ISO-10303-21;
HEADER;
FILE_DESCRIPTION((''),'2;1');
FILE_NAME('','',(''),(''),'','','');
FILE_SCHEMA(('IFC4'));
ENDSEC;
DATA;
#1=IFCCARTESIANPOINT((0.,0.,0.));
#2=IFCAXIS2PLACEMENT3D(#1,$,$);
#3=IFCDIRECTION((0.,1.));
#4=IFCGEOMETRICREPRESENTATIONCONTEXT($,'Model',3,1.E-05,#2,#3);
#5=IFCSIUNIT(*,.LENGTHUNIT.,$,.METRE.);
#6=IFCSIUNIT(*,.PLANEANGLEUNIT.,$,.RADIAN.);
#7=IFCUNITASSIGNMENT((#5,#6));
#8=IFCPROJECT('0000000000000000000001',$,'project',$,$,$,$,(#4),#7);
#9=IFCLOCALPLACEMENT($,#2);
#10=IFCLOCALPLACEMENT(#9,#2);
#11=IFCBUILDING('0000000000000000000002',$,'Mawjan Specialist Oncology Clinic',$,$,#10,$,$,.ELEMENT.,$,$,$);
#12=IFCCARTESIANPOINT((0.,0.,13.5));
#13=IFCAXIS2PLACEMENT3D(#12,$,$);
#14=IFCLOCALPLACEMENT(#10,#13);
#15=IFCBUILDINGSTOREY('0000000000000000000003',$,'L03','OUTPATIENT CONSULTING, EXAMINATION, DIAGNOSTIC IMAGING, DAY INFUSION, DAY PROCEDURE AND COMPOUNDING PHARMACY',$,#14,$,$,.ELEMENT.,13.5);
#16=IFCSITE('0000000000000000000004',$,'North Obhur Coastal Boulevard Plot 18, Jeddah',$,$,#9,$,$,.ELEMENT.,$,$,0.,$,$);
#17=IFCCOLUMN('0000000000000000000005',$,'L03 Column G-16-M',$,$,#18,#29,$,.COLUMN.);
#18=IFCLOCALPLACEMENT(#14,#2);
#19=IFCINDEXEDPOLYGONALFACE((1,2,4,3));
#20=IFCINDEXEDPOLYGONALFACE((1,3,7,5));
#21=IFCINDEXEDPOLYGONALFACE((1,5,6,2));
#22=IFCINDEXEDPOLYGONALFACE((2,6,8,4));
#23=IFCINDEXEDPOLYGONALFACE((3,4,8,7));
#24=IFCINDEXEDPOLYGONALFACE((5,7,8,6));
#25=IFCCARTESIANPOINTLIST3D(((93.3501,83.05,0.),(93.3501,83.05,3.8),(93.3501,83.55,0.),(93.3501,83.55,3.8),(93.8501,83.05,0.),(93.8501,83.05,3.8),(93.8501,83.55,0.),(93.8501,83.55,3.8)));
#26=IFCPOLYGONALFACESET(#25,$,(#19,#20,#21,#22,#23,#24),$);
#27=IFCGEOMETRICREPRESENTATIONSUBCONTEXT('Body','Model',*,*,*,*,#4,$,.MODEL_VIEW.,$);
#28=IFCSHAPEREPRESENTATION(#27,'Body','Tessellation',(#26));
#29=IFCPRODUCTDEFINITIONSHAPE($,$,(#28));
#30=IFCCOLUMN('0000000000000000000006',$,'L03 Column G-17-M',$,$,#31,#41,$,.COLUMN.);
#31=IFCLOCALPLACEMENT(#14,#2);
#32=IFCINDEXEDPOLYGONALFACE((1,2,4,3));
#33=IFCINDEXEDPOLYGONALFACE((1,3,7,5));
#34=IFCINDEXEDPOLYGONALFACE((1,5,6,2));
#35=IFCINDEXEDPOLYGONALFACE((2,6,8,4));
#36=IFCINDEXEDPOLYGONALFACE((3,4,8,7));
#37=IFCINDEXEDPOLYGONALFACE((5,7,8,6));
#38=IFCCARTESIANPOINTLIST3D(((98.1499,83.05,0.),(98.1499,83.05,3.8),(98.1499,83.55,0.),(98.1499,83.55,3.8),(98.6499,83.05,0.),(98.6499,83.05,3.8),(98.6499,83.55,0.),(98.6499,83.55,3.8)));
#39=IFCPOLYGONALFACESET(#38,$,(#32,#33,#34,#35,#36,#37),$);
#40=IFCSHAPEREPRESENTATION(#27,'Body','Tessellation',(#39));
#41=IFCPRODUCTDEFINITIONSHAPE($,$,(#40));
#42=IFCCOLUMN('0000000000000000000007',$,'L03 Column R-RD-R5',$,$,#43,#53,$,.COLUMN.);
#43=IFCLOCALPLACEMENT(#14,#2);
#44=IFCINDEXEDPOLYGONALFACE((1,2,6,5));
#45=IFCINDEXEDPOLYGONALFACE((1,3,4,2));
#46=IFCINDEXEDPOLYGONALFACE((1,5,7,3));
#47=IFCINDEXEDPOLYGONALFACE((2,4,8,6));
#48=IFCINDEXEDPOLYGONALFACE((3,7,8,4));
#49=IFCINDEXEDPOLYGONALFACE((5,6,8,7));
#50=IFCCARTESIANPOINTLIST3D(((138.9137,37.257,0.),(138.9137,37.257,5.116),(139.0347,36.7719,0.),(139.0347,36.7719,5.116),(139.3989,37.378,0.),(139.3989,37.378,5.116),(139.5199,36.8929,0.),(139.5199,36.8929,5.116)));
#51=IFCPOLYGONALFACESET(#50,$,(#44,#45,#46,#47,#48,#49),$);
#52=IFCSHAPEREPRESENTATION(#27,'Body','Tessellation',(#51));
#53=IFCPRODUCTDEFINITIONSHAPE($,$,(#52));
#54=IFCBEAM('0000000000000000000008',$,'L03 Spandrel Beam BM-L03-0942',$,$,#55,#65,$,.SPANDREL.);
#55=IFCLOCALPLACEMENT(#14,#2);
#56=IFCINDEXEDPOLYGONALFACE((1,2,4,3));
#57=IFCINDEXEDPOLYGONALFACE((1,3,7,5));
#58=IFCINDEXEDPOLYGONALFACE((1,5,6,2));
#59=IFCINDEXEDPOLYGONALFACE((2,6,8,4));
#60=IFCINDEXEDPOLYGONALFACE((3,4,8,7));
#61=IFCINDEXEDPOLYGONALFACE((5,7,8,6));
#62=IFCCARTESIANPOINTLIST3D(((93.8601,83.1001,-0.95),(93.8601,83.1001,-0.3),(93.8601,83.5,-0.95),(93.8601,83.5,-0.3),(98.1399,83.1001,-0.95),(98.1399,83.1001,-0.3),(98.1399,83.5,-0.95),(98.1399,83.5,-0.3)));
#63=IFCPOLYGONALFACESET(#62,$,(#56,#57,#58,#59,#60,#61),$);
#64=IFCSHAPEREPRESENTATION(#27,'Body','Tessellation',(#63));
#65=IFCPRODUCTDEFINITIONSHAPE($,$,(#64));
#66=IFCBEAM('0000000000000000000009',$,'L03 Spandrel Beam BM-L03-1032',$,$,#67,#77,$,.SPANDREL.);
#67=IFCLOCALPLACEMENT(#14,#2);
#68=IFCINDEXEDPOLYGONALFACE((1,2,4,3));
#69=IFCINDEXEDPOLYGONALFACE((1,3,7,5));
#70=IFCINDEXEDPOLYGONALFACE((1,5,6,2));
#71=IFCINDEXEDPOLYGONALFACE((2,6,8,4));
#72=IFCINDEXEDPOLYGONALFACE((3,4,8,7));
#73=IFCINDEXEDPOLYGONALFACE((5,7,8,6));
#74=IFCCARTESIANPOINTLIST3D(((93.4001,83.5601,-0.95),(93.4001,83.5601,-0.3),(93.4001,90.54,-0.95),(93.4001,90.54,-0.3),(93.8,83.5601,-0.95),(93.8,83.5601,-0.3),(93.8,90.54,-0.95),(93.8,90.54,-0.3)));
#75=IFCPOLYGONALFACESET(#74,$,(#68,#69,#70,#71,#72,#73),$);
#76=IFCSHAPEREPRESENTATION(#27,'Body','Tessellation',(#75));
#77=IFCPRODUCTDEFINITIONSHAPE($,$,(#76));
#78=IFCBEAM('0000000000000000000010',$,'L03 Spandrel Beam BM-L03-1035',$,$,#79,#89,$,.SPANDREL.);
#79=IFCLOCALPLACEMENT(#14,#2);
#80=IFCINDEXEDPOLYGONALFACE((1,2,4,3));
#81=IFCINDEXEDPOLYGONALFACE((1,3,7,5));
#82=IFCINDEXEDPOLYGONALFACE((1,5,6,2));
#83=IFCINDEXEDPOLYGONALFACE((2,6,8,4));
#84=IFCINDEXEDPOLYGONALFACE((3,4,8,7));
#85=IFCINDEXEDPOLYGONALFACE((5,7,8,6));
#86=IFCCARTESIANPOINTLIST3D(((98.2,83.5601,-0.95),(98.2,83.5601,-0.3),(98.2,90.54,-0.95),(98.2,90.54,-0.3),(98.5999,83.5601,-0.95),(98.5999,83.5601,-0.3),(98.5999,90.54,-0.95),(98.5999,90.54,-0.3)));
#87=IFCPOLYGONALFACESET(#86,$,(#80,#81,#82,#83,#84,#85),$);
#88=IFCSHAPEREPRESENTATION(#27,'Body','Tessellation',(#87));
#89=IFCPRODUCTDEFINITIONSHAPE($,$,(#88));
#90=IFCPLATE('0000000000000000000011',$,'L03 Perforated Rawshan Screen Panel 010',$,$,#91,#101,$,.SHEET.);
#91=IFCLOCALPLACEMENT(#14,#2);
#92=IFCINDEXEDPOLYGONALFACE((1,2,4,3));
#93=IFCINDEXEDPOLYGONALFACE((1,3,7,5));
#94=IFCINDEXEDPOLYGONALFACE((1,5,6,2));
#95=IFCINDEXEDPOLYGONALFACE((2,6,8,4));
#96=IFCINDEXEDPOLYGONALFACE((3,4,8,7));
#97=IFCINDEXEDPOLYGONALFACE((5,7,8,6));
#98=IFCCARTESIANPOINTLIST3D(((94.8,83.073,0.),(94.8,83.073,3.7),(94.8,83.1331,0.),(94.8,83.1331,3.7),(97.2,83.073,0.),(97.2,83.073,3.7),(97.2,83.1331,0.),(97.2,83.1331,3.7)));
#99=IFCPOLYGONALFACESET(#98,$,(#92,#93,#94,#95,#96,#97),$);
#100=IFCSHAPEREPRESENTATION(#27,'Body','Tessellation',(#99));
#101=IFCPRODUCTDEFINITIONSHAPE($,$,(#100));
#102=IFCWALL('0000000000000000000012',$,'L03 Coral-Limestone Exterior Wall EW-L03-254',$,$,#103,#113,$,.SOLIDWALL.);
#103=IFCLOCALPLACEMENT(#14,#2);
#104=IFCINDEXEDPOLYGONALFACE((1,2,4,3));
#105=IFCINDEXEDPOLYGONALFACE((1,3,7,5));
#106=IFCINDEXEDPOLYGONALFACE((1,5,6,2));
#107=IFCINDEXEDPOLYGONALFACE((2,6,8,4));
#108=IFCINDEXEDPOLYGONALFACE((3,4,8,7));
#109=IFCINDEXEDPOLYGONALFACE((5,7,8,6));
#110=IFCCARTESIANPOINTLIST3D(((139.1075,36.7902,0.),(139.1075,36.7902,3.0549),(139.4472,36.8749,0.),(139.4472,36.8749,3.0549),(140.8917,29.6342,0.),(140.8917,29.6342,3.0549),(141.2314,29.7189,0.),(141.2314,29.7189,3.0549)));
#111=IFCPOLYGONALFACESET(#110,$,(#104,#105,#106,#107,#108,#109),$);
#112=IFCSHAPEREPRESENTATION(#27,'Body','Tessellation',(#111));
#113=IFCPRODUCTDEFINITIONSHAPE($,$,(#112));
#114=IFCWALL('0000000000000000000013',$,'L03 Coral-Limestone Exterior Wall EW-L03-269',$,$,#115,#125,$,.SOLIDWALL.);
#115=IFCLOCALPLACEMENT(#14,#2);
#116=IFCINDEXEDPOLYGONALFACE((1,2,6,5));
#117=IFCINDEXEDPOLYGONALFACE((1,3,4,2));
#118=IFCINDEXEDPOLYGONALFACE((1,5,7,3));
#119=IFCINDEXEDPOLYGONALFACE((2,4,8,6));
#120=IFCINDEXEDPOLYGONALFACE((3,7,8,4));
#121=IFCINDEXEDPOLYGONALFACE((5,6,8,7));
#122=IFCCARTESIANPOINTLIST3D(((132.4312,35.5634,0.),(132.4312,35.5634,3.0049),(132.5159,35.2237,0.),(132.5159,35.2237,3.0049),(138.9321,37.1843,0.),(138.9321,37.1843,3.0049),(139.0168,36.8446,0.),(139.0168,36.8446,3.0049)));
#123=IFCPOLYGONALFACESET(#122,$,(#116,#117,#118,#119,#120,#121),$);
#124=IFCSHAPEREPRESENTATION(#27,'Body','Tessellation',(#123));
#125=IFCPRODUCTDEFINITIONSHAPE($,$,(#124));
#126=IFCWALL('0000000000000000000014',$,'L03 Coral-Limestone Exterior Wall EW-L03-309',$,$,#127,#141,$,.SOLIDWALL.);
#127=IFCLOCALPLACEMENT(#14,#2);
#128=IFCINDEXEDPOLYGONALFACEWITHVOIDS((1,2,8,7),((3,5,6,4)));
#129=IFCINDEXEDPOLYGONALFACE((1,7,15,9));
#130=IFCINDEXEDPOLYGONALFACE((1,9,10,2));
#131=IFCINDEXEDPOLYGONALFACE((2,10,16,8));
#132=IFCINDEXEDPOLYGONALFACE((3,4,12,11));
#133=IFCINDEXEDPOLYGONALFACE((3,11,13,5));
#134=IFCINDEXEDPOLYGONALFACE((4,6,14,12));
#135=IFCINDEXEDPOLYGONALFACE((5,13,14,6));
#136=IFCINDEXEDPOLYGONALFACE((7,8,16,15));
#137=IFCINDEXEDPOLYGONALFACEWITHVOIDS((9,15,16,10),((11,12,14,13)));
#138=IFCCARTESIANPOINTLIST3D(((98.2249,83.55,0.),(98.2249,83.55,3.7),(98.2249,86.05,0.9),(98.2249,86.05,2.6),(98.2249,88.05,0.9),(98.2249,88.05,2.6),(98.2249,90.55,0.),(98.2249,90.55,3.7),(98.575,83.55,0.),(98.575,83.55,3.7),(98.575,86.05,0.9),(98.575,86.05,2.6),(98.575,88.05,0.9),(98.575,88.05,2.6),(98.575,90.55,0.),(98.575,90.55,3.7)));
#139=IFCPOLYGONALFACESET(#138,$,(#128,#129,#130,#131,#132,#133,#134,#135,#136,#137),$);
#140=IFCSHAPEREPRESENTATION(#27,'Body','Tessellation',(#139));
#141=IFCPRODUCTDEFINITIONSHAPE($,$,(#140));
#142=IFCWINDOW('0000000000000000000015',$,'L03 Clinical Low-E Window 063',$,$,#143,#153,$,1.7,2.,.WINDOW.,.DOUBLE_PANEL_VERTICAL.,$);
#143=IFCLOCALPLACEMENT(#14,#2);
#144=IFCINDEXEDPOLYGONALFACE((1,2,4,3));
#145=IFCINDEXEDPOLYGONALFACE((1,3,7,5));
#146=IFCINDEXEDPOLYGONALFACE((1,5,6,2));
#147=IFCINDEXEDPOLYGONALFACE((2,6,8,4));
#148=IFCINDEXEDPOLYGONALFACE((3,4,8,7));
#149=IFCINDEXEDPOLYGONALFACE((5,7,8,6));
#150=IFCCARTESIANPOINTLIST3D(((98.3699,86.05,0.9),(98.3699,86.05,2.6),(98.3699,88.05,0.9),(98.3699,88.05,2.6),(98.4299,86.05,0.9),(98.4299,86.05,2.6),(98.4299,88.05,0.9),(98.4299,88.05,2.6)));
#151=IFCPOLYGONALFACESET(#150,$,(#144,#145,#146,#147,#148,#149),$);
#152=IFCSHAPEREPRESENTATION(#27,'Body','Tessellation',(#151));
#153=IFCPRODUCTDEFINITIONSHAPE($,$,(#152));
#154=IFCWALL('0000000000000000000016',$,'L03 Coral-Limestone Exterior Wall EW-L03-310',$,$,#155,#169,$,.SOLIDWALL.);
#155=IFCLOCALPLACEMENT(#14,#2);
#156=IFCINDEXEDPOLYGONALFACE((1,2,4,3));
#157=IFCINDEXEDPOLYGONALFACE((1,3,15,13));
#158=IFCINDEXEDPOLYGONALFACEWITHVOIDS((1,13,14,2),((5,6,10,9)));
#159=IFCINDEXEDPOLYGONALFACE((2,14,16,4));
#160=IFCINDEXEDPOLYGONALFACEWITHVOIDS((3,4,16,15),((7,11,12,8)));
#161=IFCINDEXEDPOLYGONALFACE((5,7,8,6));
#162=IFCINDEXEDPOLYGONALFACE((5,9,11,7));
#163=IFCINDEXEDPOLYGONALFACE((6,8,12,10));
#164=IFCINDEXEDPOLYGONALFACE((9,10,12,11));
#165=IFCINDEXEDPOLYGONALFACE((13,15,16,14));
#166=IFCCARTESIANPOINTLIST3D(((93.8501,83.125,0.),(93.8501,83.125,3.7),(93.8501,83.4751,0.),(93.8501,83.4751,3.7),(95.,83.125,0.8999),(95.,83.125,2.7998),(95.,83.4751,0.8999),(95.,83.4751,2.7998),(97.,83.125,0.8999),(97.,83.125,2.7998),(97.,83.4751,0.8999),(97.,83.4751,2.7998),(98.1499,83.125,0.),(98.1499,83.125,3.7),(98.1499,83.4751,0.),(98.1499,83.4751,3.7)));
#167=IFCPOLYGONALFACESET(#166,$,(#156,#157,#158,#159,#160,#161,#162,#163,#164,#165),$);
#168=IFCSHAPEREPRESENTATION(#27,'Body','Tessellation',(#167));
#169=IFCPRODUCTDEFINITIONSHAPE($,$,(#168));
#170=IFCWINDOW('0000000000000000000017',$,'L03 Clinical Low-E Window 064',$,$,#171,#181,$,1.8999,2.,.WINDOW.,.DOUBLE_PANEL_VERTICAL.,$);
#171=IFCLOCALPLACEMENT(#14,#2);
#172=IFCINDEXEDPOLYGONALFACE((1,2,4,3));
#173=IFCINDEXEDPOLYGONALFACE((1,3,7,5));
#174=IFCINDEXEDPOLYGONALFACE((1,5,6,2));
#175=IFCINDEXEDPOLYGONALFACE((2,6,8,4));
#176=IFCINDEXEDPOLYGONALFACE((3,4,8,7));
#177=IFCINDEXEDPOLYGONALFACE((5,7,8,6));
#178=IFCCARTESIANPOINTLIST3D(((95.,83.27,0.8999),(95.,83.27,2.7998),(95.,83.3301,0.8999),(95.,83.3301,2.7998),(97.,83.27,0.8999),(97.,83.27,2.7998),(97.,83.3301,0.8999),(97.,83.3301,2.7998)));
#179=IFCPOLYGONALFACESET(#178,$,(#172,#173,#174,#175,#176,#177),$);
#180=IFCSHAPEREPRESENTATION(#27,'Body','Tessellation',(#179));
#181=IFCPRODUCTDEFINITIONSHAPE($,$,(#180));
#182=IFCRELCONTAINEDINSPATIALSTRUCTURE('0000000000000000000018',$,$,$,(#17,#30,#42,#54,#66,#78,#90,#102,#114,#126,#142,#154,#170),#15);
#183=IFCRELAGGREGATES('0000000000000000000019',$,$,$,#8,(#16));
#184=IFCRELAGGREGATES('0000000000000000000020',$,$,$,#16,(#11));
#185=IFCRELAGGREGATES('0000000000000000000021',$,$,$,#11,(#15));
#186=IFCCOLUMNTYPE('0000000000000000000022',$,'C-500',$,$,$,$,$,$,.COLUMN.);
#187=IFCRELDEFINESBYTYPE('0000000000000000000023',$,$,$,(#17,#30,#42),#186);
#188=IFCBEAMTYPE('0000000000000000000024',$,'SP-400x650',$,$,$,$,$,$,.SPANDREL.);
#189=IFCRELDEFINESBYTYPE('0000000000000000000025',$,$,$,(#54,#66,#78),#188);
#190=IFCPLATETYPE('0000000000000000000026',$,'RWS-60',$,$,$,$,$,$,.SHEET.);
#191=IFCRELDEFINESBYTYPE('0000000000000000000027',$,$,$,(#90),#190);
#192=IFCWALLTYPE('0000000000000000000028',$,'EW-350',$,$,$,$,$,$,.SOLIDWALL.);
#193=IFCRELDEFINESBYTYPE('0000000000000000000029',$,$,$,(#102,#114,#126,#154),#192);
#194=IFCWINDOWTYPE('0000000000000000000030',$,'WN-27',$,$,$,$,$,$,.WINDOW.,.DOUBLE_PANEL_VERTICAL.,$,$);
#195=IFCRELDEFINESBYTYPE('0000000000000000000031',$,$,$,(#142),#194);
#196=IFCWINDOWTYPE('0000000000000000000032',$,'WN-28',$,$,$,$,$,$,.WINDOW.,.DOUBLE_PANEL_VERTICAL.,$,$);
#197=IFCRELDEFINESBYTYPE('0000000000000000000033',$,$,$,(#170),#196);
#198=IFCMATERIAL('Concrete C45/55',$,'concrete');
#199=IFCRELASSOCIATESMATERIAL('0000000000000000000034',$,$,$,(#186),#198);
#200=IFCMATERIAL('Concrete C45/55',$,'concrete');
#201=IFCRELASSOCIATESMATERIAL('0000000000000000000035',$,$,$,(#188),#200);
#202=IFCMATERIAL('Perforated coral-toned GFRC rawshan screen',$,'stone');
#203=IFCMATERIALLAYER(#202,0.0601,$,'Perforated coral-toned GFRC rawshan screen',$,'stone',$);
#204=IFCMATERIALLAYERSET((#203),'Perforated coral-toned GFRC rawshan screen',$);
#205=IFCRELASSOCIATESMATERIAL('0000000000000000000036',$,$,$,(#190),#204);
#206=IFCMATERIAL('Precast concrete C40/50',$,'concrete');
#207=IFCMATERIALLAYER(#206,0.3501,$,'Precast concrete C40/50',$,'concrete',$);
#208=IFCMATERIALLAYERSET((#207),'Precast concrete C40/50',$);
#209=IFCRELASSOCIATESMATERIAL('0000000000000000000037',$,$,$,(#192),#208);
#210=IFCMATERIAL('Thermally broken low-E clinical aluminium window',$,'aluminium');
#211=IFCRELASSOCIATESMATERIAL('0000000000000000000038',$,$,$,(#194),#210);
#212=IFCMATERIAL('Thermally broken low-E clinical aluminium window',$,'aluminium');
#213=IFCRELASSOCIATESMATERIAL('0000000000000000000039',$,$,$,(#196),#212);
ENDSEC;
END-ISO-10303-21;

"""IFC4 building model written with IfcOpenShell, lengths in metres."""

from ifc_helpers import new_model, si_unit, direction, frame, frame_2d, origin, origin_2d, place, context, subcontext, project, spatial, rectangle, extrude, material, layer, layer_set, material_profile, profile_set, type_object, element, fill, save


model = new_model("IFC4")

# Units and contexts
model_context = context("Model", 3, precision=1e-05, world=origin(), true_north=direction((0.0, 1.0)))
body_context = subcontext(model_context, "Body", "Model", "MODEL_VIEW")
ifc_project = project(units=[si_unit("LENGTHUNIT", "METRE"), si_unit("PLANEANGLEUNIT", "RADIAN")], contexts=[model_context])

# Site, building, storey
site_placement = place(None, origin())
site = spatial("IfcSite", under=ifc_project, at=site_placement, Name="North Obhur Coastal Boulevard Plot 18, Jeddah", CompositionType="ELEMENT", RefElevation=0.0)
building_placement = place(site_placement, origin())
building = spatial("IfcBuilding", under=site, at=building_placement, Name="Mawjan Specialist Oncology Clinic", CompositionType="ELEMENT")
storey_placement = place(building_placement, frame((0.0, 0.0, 13.5)))
storey = spatial("IfcBuildingStorey", under=building, at=storey_placement, Name="L03", Description="OUTPATIENT CONSULTING, EXAMINATION, DIAGNOSTIC IMAGING, DAY INFUSION, DAY PROCEDURE AND COMPOUNDING PHARMACY", CompositionType="ELEMENT", Elevation=13.5)

# Columns
ifc_material_1 = material(Name="Concrete C45/55", Category="concrete")
ifc_material_profile_1 = material_profile(ifc_material_1, rectangle(XDim=0.5, YDim=0.5, at=origin_2d()), Name="RC COL 500x500", Category="concrete")
ifc_profile_set_1 = profile_set([ifc_material_profile_1], Name="Concrete C45/55")
column_type = type_object("IfcColumnType", Name="C-500", PredefinedType="COLUMN", material=ifc_profile_set_1)
for number, where, z_axis, x_axis, name in (
    (1, (93.6001, 83.3, 0.0), (0.0, 0.0, 1.0), (1.0, 0.0, 0.0), "L03 Column G-16-M"),
    (2, (98.3999, 83.3, 0.0), (0.0, 0.0, 1.0), (1.0, 0.0, 0.0), "L03 Column G-17-M"),
):
    element("IfcColumn", number, at=place(storey_placement, frame(where, z_axis=z_axis, x_axis=x_axis)), inside=storey, type_object=column_type, Name=name, PredefinedType="COLUMN", context=body_context, shape_type="SweptSolid", body=[
        extrude(rectangle(XDim=0.5, YDim=0.5, at=origin_2d()), origin(), (0.0, 0.0, 1.0), 3.8),
    ])
column_placement = place(storey_placement, frame((139.2168, 37.075, 0.0), z_axis=(0.0, 0.0, 1.0), x_axis=(0.970296, 0.241922, 0.0)))
element("IfcColumn", 3, at=column_placement, inside=storey, type_object=column_type, Name="L03 Column R-RD-R5", PredefinedType="COLUMN", context=body_context, shape_type="SweptSolid", body=[
    extrude(rectangle(XDim=0.5, YDim=0.5, at=origin_2d()), origin(), (0.0, 0.0, 1.0), 5.116),
])

# Beams
ifc_material_2 = material(Name="Concrete C45/55", Category="concrete")
ifc_material_profile_2 = material_profile(ifc_material_2, rectangle(XDim=0.3999, YDim=0.6499, at=origin_2d()), Name="RC BM 400x650", Category="concrete")
ifc_profile_set_2 = profile_set([ifc_material_profile_2], Name="Concrete C45/55")
beam_type = type_object("IfcBeamType", Name="SP-400x650", PredefinedType="SPANDREL", material=ifc_profile_set_2)
beam_placement = place(storey_placement, frame((93.8601, 83.3, -0.625), z_axis=(1.0, 0.0, 0.0), x_axis=(0.0, 1.0, 0.0)))
element("IfcBeam", 4, at=beam_placement, inside=storey, type_object=beam_type, Name="L03 Spandrel Beam BM-L03-0942", PredefinedType="SPANDREL", context=body_context, shape_type="SweptSolid", body=[
    extrude(rectangle(XDim=0.3999, YDim=0.6499, at=origin_2d()), origin(), (0.0, 0.0, 1.0), 4.2798),
])
for number, where, z_axis, x_axis, name in (
    (5, (93.6001, 83.5601, -0.625), (0.0, 1.0, 0.0), (-1.0, 0.0, 0.0), "L03 Spandrel Beam BM-L03-1032"),
    (6, (98.3999, 83.5601, -0.625), (0.0, 1.0, 0.0), (-1.0, 0.0, 0.0), "L03 Spandrel Beam BM-L03-1035"),
):
    element("IfcBeam", number, at=place(storey_placement, frame(where, z_axis=z_axis, x_axis=x_axis)), inside=storey, type_object=beam_type, Name=name, PredefinedType="SPANDREL", context=body_context, shape_type="SweptSolid", body=[
        extrude(rectangle(XDim=0.3999, YDim=0.6499, at=origin_2d()), origin(), (0.0, 0.0, 1.0), 6.98),
    ])

# Plate
ifc_material_3 = material(Name="Perforated coral-toned GFRC rawshan screen", Category="stone")
ifc_layer_1 = layer(ifc_material_3, 0.0601, Name="Perforated coral-toned GFRC rawshan screen", Category="stone")
ifc_layer_set_1 = layer_set([ifc_layer_1], Name="Perforated coral-toned GFRC rawshan screen")
plate_type = type_object("IfcPlateType", Name="RWS-60", PredefinedType="SHEET", material=ifc_layer_set_1)
plate_placement = place(storey_placement, frame((96.0, 83.103, 0.0), z_axis=(0.0, 0.0, 1.0), x_axis=(-1.0, 0.0, 0.0)))
element("IfcPlate", 7, at=plate_placement, inside=storey, type_object=plate_type, Name="L03 Perforated Rawshan Screen Panel 010", PredefinedType="SHEET", context=body_context, shape_type="SweptSolid", body=[
    extrude(rectangle(XDim=2.3999, YDim=0.0601, at=origin_2d()), origin(), (0.0, 0.0, 1.0), 3.7),
])

# Walls
ifc_material_4 = material(Name="Precast concrete C40/50", Category="concrete")
ifc_layer_2 = layer(ifc_material_4, 0.3501, Name="Precast concrete C40/50", Category="concrete")
ifc_layer_set_2 = layer_set([ifc_layer_2], Name="Precast concrete C40/50")
wall_type = type_object("IfcWallType", Name="EW-350", PredefinedType="SOLIDWALL", material=ifc_layer_set_2)
wall_1_placement = place(storey_placement, frame((139.2773, 36.8325, 0.0), z_axis=(0.0, 0.0, 1.0), x_axis=(0.24192, -0.970296, 0.0)))
element("IfcWall", 8, at=wall_1_placement, inside=storey, type_object=wall_type, Name="L03 Coral-Limestone Exterior Wall EW-L03-254", PredefinedType="SOLIDWALL", context=body_context, shape_type="SweptSolid", body=[
    extrude(rectangle(XDim=7.375, YDim=0.3501, at=frame_2d((3.6875, 0.0))), origin(), (0.0, 0.0, 1.0), 3.0549),
])
wall_2_placement = place(storey_placement, frame((132.4734, 35.3936, 0.0), z_axis=(0.0, 0.0, 1.0), x_axis=(0.970297, 0.241918, 0.0)))
element("IfcWall", 9, at=wall_2_placement, inside=storey, type_object=wall_type, Name="L03 Coral-Limestone Exterior Wall EW-L03-269", PredefinedType="SOLIDWALL", context=body_context, shape_type="SweptSolid", body=[
    extrude(rectangle(XDim=6.7, YDim=0.3501, at=frame_2d((3.3501, 0.0))), origin(), (0.0, 0.0, 1.0), 3.0049),
])

# Walls, openings, windows
wall_3_placement = place(storey_placement, frame((98.3999, 90.55, 0.0), z_axis=(0.0, 0.0, 1.0), x_axis=(0.0, -1.0, 0.0)))
wall_3 = element("IfcWall", 10, at=wall_3_placement, inside=storey, type_object=wall_type, Name="L03 Coral-Limestone Exterior Wall EW-L03-309", PredefinedType="SOLIDWALL", context=body_context, shape_type="SweptSolid", body=[
    extrude(rectangle(XDim=7.0, YDim=0.3501, at=frame_2d((3.5, 0.0))), origin(), (0.0, 0.0, 1.0), 3.7),
])
opening_1_placement = place(wall_3_placement, frame((2.5, 0.0, 0.8999)))
opening_1 = element("IfcOpeningElement", 11, at=opening_1_placement, cuts=wall_3, PredefinedType="OPENING", context=body_context, shape_type="SweptSolid", body=[
    extrude(rectangle(XDim=2.0, YDim=1.7, at=frame_2d((1.0, 0.8501))), frame((0.0, 0.187, 0.0), z_axis=(0.0, -1.0, 0.0), x_axis=(1.0, 0.0, 0.0)), (0.0, 0.0, 1.0), 0.374),
])
ifc_material_5 = material(Name="Thermally broken low-E clinical aluminium window", Category="aluminium")
window_type_1 = type_object("IfcWindowType", Name="WN-27", PartitioningType="DOUBLE_PANEL_VERTICAL", PredefinedType="WINDOW", material=ifc_material_5)
window_1_placement = place(opening_1_placement, origin())
window_1 = element("IfcWindow", 12, at=window_1_placement, inside=storey, type_object=window_type_1, Name="L03 Clinical Low-E Window 063", OverallHeight=1.7, OverallWidth=2.0, PartitioningType="DOUBLE_PANEL_VERTICAL", PredefinedType="WINDOW", context=body_context, shape_type="SweptSolid", body=[
    extrude(rectangle(XDim=2.0, YDim=1.7, at=frame_2d((1.0, 0.8501))), frame((0.0, 0.03, 0.0), z_axis=(0.0, -1.0, 0.0), x_axis=(1.0, 0.0, 0.0)), (0.0, 0.0, 1.0), 0.0601),
])
fill(opening_1, window_1)
wall_4_placement = place(storey_placement, frame((98.1499, 83.3, 0.0), z_axis=(0.0, 0.0, 1.0), x_axis=(-1.0, 0.0, 0.0)))
wall_4 = element("IfcWall", 13, at=wall_4_placement, inside=storey, type_object=wall_type, Name="L03 Coral-Limestone Exterior Wall EW-L03-310", PredefinedType="SOLIDWALL", context=body_context, shape_type="SweptSolid", body=[
    extrude(rectangle(XDim=4.2998, YDim=0.3501, at=frame_2d((2.1499, 0.0))), origin(), (0.0, 0.0, 1.0), 3.7),
])
opening_2_placement = place(wall_4_placement, frame((1.1499, 0.0, 0.8999)))
opening_2 = element("IfcOpeningElement", 14, at=opening_2_placement, cuts=wall_4, PredefinedType="OPENING", context=body_context, shape_type="SweptSolid", body=[
    extrude(rectangle(XDim=2.0, YDim=1.8999, at=frame_2d((1.0, 0.95))), frame((0.0, 0.187, 0.0), z_axis=(0.0, -1.0, 0.0), x_axis=(1.0, 0.0, 0.0)), (0.0, 0.0, 1.0), 0.374),
])
ifc_material_6 = material(Name="Thermally broken low-E clinical aluminium window", Category="aluminium")
window_type_2 = type_object("IfcWindowType", Name="WN-28", PartitioningType="DOUBLE_PANEL_VERTICAL", PredefinedType="WINDOW", material=ifc_material_6)
window_2_placement = place(opening_2_placement, origin())
window_2 = element("IfcWindow", 15, at=window_2_placement, inside=storey, type_object=window_type_2, Name="L03 Clinical Low-E Window 064", OverallHeight=1.8999, OverallWidth=2.0, PartitioningType="DOUBLE_PANEL_VERTICAL", PredefinedType="WINDOW", context=body_context, shape_type="SweptSolid", body=[
    extrude(rectangle(XDim=2.0, YDim=1.8999, at=frame_2d((1.0, 0.95))), frame((0.0, 0.03, 0.0), z_axis=(0.0, -1.0, 0.0), x_axis=(1.0, 0.0, 0.0)), (0.0, 0.0, 1.0), 0.0601),
])
fill(opening_2, window_2)

save(model, "model.ifc")
